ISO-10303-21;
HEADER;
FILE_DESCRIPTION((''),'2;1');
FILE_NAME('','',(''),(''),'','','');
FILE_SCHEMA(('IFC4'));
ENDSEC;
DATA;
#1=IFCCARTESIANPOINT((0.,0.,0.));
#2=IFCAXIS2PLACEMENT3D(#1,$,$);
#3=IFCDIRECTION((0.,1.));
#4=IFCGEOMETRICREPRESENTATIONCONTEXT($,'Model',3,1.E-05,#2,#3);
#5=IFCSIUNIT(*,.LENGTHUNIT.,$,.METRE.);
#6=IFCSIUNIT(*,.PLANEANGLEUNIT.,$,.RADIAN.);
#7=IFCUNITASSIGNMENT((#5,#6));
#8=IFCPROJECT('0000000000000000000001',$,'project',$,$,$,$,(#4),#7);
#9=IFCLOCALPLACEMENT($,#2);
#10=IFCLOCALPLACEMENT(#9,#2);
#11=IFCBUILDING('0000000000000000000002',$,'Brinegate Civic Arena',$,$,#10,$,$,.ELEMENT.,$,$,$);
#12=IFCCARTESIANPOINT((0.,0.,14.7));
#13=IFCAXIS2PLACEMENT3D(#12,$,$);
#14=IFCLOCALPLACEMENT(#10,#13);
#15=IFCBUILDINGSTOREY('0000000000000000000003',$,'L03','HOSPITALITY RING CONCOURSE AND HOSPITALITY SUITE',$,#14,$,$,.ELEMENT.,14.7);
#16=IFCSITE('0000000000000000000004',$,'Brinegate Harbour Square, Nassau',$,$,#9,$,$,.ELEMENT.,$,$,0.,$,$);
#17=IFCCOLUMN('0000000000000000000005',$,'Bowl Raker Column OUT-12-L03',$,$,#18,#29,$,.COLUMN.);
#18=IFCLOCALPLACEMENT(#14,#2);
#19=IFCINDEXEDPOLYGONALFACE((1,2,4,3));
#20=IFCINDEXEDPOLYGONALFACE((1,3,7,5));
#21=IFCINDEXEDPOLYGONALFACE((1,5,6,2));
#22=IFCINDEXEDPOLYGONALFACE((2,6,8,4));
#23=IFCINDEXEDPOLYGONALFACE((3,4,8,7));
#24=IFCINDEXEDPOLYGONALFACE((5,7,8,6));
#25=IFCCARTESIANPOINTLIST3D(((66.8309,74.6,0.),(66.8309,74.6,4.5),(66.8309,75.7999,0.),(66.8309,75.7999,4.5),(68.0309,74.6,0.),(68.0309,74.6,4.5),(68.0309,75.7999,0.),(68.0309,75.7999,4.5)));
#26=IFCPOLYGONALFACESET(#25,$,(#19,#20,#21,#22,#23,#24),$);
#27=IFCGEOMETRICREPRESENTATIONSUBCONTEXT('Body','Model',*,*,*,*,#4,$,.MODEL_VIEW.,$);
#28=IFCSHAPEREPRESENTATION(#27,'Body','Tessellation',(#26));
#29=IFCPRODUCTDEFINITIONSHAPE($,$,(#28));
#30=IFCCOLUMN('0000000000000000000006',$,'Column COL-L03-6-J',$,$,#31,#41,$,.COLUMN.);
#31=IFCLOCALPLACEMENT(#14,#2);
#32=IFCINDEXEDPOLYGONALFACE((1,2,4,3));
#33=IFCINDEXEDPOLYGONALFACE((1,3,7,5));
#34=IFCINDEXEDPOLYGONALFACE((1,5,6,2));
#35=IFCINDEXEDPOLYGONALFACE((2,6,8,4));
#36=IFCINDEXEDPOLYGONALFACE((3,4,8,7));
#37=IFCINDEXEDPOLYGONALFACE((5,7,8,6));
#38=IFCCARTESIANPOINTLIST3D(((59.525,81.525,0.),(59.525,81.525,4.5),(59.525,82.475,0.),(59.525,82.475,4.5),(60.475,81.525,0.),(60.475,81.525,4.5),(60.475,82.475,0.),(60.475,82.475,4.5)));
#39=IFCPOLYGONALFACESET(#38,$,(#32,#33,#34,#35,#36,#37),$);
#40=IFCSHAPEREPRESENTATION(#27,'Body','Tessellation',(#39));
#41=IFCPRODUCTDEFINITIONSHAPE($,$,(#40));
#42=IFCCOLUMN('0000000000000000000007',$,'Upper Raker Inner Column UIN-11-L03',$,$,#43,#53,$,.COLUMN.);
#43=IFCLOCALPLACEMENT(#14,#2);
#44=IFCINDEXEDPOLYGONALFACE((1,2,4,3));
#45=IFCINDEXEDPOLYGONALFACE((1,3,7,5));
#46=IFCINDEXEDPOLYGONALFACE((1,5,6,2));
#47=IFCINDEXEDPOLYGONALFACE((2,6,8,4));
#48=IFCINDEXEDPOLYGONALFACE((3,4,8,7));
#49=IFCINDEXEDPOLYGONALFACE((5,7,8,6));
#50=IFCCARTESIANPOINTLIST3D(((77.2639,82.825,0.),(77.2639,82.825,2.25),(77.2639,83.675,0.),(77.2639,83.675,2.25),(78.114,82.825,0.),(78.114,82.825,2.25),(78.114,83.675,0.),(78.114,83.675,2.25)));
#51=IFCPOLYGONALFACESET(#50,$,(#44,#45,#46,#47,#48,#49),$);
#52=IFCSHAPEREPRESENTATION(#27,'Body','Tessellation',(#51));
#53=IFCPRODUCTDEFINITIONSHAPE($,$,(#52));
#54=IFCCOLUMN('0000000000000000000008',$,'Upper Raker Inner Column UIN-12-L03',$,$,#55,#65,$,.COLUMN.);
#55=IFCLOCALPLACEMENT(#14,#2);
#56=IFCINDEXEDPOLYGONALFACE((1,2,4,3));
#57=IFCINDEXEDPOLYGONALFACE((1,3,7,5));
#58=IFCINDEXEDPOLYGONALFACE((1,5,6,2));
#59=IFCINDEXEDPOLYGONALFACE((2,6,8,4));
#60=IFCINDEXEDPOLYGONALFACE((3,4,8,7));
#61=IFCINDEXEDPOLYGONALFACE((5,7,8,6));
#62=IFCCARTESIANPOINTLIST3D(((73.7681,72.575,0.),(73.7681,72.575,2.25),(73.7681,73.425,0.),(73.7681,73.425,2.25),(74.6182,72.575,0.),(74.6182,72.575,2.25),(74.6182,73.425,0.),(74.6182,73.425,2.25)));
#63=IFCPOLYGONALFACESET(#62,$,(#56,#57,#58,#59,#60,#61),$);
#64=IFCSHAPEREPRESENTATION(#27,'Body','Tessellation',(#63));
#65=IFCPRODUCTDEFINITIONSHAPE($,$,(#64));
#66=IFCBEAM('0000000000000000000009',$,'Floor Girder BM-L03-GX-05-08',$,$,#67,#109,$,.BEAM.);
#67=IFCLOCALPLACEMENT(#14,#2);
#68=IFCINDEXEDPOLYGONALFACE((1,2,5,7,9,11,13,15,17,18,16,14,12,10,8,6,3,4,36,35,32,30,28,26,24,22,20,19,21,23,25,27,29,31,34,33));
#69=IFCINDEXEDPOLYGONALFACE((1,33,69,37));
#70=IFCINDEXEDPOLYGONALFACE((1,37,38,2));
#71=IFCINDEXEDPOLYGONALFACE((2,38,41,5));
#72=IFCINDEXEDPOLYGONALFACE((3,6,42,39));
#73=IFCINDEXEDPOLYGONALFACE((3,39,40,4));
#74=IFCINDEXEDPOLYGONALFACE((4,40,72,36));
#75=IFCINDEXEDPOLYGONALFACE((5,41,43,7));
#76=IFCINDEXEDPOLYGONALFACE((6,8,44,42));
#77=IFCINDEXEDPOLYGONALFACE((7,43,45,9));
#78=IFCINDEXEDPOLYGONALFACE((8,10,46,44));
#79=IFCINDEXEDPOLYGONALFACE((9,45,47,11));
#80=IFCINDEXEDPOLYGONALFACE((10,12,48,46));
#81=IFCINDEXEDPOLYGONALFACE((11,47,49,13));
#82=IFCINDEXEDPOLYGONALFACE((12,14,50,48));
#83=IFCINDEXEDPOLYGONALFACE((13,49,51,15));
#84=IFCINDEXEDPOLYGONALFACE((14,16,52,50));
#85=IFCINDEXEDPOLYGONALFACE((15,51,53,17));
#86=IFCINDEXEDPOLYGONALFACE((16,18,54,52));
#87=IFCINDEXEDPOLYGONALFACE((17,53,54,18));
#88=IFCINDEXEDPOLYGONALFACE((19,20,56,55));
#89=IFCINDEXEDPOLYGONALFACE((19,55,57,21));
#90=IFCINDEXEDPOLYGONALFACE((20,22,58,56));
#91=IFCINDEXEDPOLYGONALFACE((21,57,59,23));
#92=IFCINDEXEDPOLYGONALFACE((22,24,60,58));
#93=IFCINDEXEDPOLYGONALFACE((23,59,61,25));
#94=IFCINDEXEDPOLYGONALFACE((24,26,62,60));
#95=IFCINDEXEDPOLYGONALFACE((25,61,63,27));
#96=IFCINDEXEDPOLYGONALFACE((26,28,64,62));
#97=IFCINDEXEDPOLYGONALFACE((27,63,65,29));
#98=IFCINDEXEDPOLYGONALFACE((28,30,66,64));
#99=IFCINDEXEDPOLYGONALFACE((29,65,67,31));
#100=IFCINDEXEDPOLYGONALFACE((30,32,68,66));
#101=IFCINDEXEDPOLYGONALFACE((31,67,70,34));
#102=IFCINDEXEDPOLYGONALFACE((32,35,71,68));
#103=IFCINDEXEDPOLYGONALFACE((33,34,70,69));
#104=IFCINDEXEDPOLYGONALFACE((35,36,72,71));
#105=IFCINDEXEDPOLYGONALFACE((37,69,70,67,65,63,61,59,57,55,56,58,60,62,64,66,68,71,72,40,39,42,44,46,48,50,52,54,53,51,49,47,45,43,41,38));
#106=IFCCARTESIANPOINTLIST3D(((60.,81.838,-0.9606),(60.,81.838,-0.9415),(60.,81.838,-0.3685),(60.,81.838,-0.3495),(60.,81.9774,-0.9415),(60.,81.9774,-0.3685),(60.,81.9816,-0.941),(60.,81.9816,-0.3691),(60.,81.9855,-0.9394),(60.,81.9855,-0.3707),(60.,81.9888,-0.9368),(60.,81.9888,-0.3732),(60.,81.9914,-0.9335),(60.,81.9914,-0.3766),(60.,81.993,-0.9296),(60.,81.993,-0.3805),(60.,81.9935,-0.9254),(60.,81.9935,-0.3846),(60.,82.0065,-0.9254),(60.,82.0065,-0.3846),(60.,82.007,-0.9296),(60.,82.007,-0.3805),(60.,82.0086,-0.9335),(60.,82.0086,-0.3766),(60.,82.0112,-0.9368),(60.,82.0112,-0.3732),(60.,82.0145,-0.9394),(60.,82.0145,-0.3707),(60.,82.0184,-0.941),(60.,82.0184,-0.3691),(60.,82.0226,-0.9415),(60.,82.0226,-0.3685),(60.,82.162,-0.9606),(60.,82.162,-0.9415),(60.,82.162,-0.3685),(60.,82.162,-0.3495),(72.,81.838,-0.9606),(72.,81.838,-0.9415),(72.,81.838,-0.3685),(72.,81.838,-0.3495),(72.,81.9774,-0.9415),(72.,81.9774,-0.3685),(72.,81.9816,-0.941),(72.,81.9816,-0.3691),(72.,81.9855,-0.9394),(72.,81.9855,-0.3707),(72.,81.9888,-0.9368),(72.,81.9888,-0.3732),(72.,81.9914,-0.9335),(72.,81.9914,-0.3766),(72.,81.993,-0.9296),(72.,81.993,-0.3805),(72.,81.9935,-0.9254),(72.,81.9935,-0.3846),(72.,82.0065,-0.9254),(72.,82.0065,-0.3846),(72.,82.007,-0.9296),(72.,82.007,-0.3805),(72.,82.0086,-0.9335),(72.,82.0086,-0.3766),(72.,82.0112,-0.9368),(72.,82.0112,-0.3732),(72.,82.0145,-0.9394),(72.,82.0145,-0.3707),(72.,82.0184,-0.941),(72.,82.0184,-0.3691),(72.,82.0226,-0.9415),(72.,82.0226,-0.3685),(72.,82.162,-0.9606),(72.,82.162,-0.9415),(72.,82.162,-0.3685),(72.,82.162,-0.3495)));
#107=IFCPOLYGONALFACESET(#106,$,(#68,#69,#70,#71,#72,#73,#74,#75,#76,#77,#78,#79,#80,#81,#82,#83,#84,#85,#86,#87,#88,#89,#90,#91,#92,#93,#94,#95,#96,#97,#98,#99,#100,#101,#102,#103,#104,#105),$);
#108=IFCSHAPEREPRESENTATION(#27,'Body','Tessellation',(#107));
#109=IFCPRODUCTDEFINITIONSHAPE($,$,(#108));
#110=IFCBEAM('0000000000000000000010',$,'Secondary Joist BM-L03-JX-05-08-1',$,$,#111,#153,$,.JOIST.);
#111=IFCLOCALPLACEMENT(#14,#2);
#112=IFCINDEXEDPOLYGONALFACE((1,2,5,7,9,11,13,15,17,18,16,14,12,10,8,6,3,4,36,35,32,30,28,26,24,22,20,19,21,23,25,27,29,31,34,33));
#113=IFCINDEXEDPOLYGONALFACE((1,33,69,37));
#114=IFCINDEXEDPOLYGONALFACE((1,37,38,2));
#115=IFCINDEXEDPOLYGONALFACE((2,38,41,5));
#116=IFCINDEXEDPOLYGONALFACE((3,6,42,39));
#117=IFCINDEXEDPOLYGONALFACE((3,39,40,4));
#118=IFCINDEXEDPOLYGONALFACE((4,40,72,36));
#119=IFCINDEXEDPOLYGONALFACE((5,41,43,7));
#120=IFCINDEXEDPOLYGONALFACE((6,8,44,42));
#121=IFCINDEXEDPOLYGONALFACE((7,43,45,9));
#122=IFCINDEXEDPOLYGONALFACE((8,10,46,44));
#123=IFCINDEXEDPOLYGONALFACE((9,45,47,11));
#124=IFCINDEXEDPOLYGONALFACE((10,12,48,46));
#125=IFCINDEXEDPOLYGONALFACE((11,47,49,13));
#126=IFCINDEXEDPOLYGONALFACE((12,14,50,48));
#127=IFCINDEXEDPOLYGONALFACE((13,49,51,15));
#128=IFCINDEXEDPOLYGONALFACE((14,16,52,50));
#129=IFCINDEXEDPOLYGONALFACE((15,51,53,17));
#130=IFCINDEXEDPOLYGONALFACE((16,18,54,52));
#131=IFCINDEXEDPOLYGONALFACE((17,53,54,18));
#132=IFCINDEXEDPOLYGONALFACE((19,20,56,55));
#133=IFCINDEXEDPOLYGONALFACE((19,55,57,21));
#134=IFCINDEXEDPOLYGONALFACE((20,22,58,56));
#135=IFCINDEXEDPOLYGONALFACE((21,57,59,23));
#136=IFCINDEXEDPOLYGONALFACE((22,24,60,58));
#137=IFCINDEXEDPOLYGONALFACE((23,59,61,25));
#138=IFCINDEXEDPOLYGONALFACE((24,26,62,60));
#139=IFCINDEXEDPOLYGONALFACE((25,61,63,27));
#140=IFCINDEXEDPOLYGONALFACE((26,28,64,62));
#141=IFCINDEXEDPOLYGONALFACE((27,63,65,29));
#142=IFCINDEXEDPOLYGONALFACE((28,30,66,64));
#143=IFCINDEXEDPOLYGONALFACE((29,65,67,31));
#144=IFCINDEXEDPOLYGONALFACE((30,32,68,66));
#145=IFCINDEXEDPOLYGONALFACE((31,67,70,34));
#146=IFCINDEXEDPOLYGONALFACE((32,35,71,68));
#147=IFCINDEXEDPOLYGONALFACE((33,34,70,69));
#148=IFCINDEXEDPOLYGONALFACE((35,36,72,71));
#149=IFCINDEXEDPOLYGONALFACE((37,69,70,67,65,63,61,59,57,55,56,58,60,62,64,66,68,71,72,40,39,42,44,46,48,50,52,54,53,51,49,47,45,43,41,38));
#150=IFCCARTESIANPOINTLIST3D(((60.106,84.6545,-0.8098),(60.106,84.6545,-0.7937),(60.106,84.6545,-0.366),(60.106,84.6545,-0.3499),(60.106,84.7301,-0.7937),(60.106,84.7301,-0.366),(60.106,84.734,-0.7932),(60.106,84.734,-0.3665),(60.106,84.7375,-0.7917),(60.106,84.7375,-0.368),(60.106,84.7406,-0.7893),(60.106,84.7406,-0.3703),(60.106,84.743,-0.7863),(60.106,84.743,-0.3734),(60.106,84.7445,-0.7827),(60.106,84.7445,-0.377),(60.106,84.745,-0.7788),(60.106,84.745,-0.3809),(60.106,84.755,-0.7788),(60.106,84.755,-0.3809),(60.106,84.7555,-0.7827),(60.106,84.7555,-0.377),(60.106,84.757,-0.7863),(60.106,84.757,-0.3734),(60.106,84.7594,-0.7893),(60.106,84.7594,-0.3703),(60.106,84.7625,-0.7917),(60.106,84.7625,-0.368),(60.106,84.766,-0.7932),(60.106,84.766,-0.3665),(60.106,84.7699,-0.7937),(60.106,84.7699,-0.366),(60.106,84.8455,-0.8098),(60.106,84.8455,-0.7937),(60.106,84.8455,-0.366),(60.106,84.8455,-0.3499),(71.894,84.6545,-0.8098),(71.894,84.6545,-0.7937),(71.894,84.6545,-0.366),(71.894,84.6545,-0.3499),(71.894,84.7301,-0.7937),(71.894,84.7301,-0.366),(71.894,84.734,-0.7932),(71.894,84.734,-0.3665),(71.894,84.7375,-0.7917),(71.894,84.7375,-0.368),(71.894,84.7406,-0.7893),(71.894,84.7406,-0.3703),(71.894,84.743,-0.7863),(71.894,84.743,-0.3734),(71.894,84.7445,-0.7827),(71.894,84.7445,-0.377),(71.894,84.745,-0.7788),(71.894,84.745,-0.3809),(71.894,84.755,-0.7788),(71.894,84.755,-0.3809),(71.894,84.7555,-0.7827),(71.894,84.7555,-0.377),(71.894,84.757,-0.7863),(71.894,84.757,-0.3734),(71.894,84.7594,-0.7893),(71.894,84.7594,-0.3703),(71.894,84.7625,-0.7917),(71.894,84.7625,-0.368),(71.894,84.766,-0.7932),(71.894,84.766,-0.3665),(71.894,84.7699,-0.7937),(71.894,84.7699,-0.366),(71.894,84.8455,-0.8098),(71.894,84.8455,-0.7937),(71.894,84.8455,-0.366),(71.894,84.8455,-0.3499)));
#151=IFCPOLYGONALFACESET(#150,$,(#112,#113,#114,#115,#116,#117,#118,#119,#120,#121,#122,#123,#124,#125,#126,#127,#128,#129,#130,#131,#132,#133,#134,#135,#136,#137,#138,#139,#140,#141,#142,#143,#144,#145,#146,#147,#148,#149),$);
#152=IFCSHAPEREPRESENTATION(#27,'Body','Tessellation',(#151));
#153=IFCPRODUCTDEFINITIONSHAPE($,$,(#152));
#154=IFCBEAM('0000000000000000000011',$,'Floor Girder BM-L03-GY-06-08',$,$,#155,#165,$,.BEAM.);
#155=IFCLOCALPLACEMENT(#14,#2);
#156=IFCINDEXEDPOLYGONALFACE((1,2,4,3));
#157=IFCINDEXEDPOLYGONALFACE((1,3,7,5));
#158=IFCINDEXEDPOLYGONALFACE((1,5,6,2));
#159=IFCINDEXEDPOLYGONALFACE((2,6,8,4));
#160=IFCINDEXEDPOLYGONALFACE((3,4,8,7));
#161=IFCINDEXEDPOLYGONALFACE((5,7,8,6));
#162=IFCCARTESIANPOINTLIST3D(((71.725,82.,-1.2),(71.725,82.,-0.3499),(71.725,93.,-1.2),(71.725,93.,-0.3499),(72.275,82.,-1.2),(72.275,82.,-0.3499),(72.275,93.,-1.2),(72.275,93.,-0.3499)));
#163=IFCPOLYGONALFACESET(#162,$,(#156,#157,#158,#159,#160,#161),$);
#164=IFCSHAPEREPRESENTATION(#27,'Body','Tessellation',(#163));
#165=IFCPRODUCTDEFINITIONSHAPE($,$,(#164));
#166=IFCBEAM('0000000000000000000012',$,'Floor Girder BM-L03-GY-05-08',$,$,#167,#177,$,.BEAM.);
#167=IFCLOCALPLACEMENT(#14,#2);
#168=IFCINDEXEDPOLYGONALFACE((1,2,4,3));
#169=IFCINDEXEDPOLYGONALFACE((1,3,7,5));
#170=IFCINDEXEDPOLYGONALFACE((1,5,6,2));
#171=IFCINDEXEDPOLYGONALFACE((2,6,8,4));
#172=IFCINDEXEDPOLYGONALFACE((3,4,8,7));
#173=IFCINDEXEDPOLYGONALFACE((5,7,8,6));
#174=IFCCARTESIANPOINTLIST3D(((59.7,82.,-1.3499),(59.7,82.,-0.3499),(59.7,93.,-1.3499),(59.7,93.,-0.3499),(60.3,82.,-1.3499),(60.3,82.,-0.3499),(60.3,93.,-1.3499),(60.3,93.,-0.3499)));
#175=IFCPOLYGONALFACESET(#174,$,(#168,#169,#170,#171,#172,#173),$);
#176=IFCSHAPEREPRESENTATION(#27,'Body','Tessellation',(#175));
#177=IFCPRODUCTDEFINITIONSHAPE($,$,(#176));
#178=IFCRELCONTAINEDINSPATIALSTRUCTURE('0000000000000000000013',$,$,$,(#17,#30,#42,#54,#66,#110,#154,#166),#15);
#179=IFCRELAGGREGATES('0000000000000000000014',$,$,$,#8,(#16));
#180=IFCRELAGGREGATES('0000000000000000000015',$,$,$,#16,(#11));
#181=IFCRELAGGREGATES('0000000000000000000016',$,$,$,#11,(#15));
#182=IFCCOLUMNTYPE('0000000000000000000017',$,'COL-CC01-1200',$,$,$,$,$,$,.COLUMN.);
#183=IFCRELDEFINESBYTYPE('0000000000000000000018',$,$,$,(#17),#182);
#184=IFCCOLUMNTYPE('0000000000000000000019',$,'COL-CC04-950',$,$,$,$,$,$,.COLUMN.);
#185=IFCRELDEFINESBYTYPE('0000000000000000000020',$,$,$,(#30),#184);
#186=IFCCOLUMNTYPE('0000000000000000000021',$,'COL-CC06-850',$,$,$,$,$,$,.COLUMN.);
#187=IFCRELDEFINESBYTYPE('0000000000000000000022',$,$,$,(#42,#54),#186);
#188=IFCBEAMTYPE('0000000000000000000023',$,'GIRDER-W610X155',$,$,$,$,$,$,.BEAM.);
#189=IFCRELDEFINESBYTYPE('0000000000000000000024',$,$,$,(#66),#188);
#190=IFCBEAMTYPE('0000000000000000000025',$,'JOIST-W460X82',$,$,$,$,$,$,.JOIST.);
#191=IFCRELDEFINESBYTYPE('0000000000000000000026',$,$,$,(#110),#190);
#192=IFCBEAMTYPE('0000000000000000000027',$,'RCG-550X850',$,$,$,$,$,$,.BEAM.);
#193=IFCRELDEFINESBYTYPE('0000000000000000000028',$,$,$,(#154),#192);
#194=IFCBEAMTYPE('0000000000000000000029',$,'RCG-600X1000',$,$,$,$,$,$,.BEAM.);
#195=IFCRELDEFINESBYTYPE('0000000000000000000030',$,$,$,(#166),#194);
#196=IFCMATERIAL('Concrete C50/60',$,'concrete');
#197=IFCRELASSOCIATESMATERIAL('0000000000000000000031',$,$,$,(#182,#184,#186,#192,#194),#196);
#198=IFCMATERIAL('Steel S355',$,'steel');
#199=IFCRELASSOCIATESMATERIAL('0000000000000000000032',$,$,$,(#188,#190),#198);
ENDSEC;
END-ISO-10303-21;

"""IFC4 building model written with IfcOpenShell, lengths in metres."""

from ifc_helpers import new_model, si_unit, direction, frame, origin, origin_2d, place, context, subcontext, project, spatial, rectangle, i_section, extrude, material, material_profile, profile_set, type_object, element, save


model = new_model("IFC4")

# Units and contexts
model_context = context("Model", 3, precision=1e-05, world=origin(), true_north=direction((0.0, 1.0)))
body_context = subcontext(model_context, "Body", "Model", "MODEL_VIEW")
ifc_project = project(units=[si_unit("LENGTHUNIT", "METRE"), si_unit("PLANEANGLEUNIT", "RADIAN")], contexts=[model_context])

# Site, building, storey
site_placement = place(None, origin())
site = spatial("IfcSite", under=ifc_project, at=site_placement, Name="Brinegate Harbour Square, Nassau", CompositionType="ELEMENT", RefElevation=0.0)
building_placement = place(site_placement, origin())
building = spatial("IfcBuilding", under=site, at=building_placement, Name="Brinegate Civic Arena", CompositionType="ELEMENT")
storey_placement = place(building_placement, frame((0.0, 0.0, 14.7)))
storey = spatial("IfcBuildingStorey", under=building, at=storey_placement, Name="L03", Description="HOSPITALITY RING CONCOURSE AND HOSPITALITY SUITE", CompositionType="ELEMENT", Elevation=14.7)

# Columns
ifc_material_1 = material(Name="Concrete C50/60", Category="concrete")
ifc_material_profile_1 = material_profile(ifc_material_1, rectangle(XDim=1.2, YDim=1.2, at=origin_2d()), Name="RC1200X1200")
ifc_profile_set_1 = profile_set([ifc_material_profile_1], Name="Concrete C50/60")
column_type_1 = type_object("IfcColumnType", Name="COL-CC01-1200", PredefinedType="COLUMN", material=ifc_profile_set_1)
column_1_placement = place(storey_placement, frame((67.4309, 75.2, 0.0), z_axis=(0.0, 0.0, 1.0), x_axis=(1.0, 0.0, 0.0)))
element("IfcColumn", 1, at=column_1_placement, inside=storey, type_object=column_type_1, Name="Bowl Raker Column OUT-12-L03", PredefinedType="COLUMN", context=body_context, shape_type="SweptSolid", body=[
    extrude(rectangle(XDim=1.2, YDim=1.2, at=origin_2d()), origin(), (0.0, 0.0, 1.0), 4.5),
])
ifc_material_profile_2 = material_profile(ifc_material_1, rectangle(XDim=0.95, YDim=0.95, at=origin_2d()), Name="RC950X950")
ifc_profile_set_2 = profile_set([ifc_material_profile_2], Name="Concrete C50/60")
column_type_2 = type_object("IfcColumnType", Name="COL-CC04-950", PredefinedType="COLUMN", material=ifc_profile_set_2)
column_2_placement = place(storey_placement, frame((60.0, 82.0, 0.0), z_axis=(0.0, 0.0, 1.0), x_axis=(1.0, 0.0, 0.0)))
element("IfcColumn", 2, at=column_2_placement, inside=storey, type_object=column_type_2, Name="Column COL-L03-6-J", PredefinedType="COLUMN", context=body_context, shape_type="SweptSolid", body=[
    extrude(rectangle(XDim=0.95, YDim=0.95, at=origin_2d()), origin(), (0.0, 0.0, 1.0), 4.5),
])
ifc_material_profile_3 = material_profile(ifc_material_1, rectangle(XDim=0.8501, YDim=0.8501, at=origin_2d()), Name="RC850X850")
ifc_profile_set_3 = profile_set([ifc_material_profile_3], Name="Concrete C50/60")
column_type_3 = type_object("IfcColumnType", Name="COL-CC06-850", PredefinedType="COLUMN", material=ifc_profile_set_3)
for number, where, z_axis, x_axis, name in (
    (3, (77.689, 83.25, 0.0), (0.0, 0.0, 1.0), (1.0, 0.0, 0.0), "Upper Raker Inner Column UIN-11-L03"),
    (4, (74.1931, 73.0, 0.0), (0.0, 0.0, 1.0), (1.0, 0.0, 0.0), "Upper Raker Inner Column UIN-12-L03"),
):
    element("IfcColumn", number, at=place(storey_placement, frame(where, z_axis=z_axis, x_axis=x_axis)), inside=storey, type_object=column_type_3, Name=name, PredefinedType="COLUMN", context=body_context, shape_type="SweptSolid", body=[
        extrude(rectangle(XDim=0.8501, YDim=0.8501, at=origin_2d()), origin(), (0.0, 0.0, 1.0), 2.25),
    ])

# Beams
ifc_material_2 = material(Name="Steel S355", Category="steel")
ifc_material_profile_4 = material_profile(ifc_material_2, i_section(OverallWidth=0.324, OverallDepth=0.6111, WebThickness=0.0129, FlangeThickness=0.019, FilletRadius=0.0161, at=origin_2d()), Name="W610X155")
ifc_profile_set_4 = profile_set([ifc_material_profile_4], Name="Steel S355")
beam_type_1 = type_object("IfcBeamType", Name="GIRDER-W610X155", PredefinedType="BEAM", material=ifc_profile_set_4)
beam_1_placement = place(storey_placement, frame((60.0, 82.0, -0.655), z_axis=(1.0, 0.0, 0.0), x_axis=(0.0, 1.0, 0.0)))
element("IfcBeam", 5, at=beam_1_placement, inside=storey, type_object=beam_type_1, Name="Floor Girder BM-L03-GX-05-08", PredefinedType="BEAM", context=body_context, shape_type="SweptSolid", body=[
    extrude(i_section(OverallWidth=0.324, OverallDepth=0.6111, WebThickness=0.0129, FlangeThickness=0.019, FilletRadius=0.0161, at=origin_2d()), origin(), (0.0, 0.0, 1.0), 12.0),
])
ifc_material_profile_5 = material_profile(ifc_material_2, i_section(OverallWidth=0.1909, OverallDepth=0.46, WebThickness=0.01, FlangeThickness=0.0161, FilletRadius=0.0149, at=origin_2d()), Name="W460X82")
ifc_profile_set_5 = profile_set([ifc_material_profile_5], Name="Steel S355")
beam_type_2 = type_object("IfcBeamType", Name="JOIST-W460X82", PredefinedType="JOIST", material=ifc_profile_set_5)
beam_2_placement = place(storey_placement, frame((60.106, 84.75, -0.5798), z_axis=(1.0, 0.0, 0.0), x_axis=(0.0, 1.0, 0.0)))
element("IfcBeam", 6, at=beam_2_placement, inside=storey, type_object=beam_type_2, Name="Secondary Joist BM-L03-JX-05-08-1", PredefinedType="JOIST", context=body_context, shape_type="SweptSolid", body=[
    extrude(i_section(OverallWidth=0.1909, OverallDepth=0.46, WebThickness=0.01, FlangeThickness=0.0161, FilletRadius=0.0149, at=origin_2d()), origin(), (0.0, 0.0, 1.0), 11.7881),
])
ifc_material_profile_6 = material_profile(ifc_material_1, rectangle(XDim=0.55, YDim=0.8501, at=origin_2d()), Name="RCB550X850")
ifc_profile_set_6 = profile_set([ifc_material_profile_6], Name="Concrete C50/60")
beam_type_3 = type_object("IfcBeamType", Name="RCG-550X850", PredefinedType="BEAM", material=ifc_profile_set_6)
beam_3_placement = place(storey_placement, frame((72.0, 82.0, -0.7749), z_axis=(0.0, 1.0, 0.0), x_axis=(-1.0, 0.0, 0.0)))
element("IfcBeam", 7, at=beam_3_placement, inside=storey, type_object=beam_type_3, Name="Floor Girder BM-L03-GY-06-08", PredefinedType="BEAM", context=body_context, shape_type="SweptSolid", body=[
    extrude(rectangle(XDim=0.55, YDim=0.8501, at=origin_2d()), origin(), (0.0, 0.0, 1.0), 11.0),
])
ifc_material_profile_7 = material_profile(ifc_material_1, rectangle(XDim=0.6001, YDim=1.0, at=origin_2d()), Name="RCB600X1000")
ifc_profile_set_7 = profile_set([ifc_material_profile_7], Name="Concrete C50/60")
beam_type_4 = type_object("IfcBeamType", Name="RCG-600X1000", PredefinedType="BEAM", material=ifc_profile_set_7)
beam_4_placement = place(storey_placement, frame((60.0, 82.0, -0.8499), z_axis=(0.0, 1.0, 0.0), x_axis=(-1.0, 0.0, 0.0)))
element("IfcBeam", 8, at=beam_4_placement, inside=storey, type_object=beam_type_4, Name="Floor Girder BM-L03-GY-05-08", PredefinedType="BEAM", context=body_context, shape_type="SweptSolid", body=[
    extrude(rectangle(XDim=0.6001, YDim=1.0, at=origin_2d()), origin(), (0.0, 0.0, 1.0), 11.0),
])

save(model, "model.ifc")
